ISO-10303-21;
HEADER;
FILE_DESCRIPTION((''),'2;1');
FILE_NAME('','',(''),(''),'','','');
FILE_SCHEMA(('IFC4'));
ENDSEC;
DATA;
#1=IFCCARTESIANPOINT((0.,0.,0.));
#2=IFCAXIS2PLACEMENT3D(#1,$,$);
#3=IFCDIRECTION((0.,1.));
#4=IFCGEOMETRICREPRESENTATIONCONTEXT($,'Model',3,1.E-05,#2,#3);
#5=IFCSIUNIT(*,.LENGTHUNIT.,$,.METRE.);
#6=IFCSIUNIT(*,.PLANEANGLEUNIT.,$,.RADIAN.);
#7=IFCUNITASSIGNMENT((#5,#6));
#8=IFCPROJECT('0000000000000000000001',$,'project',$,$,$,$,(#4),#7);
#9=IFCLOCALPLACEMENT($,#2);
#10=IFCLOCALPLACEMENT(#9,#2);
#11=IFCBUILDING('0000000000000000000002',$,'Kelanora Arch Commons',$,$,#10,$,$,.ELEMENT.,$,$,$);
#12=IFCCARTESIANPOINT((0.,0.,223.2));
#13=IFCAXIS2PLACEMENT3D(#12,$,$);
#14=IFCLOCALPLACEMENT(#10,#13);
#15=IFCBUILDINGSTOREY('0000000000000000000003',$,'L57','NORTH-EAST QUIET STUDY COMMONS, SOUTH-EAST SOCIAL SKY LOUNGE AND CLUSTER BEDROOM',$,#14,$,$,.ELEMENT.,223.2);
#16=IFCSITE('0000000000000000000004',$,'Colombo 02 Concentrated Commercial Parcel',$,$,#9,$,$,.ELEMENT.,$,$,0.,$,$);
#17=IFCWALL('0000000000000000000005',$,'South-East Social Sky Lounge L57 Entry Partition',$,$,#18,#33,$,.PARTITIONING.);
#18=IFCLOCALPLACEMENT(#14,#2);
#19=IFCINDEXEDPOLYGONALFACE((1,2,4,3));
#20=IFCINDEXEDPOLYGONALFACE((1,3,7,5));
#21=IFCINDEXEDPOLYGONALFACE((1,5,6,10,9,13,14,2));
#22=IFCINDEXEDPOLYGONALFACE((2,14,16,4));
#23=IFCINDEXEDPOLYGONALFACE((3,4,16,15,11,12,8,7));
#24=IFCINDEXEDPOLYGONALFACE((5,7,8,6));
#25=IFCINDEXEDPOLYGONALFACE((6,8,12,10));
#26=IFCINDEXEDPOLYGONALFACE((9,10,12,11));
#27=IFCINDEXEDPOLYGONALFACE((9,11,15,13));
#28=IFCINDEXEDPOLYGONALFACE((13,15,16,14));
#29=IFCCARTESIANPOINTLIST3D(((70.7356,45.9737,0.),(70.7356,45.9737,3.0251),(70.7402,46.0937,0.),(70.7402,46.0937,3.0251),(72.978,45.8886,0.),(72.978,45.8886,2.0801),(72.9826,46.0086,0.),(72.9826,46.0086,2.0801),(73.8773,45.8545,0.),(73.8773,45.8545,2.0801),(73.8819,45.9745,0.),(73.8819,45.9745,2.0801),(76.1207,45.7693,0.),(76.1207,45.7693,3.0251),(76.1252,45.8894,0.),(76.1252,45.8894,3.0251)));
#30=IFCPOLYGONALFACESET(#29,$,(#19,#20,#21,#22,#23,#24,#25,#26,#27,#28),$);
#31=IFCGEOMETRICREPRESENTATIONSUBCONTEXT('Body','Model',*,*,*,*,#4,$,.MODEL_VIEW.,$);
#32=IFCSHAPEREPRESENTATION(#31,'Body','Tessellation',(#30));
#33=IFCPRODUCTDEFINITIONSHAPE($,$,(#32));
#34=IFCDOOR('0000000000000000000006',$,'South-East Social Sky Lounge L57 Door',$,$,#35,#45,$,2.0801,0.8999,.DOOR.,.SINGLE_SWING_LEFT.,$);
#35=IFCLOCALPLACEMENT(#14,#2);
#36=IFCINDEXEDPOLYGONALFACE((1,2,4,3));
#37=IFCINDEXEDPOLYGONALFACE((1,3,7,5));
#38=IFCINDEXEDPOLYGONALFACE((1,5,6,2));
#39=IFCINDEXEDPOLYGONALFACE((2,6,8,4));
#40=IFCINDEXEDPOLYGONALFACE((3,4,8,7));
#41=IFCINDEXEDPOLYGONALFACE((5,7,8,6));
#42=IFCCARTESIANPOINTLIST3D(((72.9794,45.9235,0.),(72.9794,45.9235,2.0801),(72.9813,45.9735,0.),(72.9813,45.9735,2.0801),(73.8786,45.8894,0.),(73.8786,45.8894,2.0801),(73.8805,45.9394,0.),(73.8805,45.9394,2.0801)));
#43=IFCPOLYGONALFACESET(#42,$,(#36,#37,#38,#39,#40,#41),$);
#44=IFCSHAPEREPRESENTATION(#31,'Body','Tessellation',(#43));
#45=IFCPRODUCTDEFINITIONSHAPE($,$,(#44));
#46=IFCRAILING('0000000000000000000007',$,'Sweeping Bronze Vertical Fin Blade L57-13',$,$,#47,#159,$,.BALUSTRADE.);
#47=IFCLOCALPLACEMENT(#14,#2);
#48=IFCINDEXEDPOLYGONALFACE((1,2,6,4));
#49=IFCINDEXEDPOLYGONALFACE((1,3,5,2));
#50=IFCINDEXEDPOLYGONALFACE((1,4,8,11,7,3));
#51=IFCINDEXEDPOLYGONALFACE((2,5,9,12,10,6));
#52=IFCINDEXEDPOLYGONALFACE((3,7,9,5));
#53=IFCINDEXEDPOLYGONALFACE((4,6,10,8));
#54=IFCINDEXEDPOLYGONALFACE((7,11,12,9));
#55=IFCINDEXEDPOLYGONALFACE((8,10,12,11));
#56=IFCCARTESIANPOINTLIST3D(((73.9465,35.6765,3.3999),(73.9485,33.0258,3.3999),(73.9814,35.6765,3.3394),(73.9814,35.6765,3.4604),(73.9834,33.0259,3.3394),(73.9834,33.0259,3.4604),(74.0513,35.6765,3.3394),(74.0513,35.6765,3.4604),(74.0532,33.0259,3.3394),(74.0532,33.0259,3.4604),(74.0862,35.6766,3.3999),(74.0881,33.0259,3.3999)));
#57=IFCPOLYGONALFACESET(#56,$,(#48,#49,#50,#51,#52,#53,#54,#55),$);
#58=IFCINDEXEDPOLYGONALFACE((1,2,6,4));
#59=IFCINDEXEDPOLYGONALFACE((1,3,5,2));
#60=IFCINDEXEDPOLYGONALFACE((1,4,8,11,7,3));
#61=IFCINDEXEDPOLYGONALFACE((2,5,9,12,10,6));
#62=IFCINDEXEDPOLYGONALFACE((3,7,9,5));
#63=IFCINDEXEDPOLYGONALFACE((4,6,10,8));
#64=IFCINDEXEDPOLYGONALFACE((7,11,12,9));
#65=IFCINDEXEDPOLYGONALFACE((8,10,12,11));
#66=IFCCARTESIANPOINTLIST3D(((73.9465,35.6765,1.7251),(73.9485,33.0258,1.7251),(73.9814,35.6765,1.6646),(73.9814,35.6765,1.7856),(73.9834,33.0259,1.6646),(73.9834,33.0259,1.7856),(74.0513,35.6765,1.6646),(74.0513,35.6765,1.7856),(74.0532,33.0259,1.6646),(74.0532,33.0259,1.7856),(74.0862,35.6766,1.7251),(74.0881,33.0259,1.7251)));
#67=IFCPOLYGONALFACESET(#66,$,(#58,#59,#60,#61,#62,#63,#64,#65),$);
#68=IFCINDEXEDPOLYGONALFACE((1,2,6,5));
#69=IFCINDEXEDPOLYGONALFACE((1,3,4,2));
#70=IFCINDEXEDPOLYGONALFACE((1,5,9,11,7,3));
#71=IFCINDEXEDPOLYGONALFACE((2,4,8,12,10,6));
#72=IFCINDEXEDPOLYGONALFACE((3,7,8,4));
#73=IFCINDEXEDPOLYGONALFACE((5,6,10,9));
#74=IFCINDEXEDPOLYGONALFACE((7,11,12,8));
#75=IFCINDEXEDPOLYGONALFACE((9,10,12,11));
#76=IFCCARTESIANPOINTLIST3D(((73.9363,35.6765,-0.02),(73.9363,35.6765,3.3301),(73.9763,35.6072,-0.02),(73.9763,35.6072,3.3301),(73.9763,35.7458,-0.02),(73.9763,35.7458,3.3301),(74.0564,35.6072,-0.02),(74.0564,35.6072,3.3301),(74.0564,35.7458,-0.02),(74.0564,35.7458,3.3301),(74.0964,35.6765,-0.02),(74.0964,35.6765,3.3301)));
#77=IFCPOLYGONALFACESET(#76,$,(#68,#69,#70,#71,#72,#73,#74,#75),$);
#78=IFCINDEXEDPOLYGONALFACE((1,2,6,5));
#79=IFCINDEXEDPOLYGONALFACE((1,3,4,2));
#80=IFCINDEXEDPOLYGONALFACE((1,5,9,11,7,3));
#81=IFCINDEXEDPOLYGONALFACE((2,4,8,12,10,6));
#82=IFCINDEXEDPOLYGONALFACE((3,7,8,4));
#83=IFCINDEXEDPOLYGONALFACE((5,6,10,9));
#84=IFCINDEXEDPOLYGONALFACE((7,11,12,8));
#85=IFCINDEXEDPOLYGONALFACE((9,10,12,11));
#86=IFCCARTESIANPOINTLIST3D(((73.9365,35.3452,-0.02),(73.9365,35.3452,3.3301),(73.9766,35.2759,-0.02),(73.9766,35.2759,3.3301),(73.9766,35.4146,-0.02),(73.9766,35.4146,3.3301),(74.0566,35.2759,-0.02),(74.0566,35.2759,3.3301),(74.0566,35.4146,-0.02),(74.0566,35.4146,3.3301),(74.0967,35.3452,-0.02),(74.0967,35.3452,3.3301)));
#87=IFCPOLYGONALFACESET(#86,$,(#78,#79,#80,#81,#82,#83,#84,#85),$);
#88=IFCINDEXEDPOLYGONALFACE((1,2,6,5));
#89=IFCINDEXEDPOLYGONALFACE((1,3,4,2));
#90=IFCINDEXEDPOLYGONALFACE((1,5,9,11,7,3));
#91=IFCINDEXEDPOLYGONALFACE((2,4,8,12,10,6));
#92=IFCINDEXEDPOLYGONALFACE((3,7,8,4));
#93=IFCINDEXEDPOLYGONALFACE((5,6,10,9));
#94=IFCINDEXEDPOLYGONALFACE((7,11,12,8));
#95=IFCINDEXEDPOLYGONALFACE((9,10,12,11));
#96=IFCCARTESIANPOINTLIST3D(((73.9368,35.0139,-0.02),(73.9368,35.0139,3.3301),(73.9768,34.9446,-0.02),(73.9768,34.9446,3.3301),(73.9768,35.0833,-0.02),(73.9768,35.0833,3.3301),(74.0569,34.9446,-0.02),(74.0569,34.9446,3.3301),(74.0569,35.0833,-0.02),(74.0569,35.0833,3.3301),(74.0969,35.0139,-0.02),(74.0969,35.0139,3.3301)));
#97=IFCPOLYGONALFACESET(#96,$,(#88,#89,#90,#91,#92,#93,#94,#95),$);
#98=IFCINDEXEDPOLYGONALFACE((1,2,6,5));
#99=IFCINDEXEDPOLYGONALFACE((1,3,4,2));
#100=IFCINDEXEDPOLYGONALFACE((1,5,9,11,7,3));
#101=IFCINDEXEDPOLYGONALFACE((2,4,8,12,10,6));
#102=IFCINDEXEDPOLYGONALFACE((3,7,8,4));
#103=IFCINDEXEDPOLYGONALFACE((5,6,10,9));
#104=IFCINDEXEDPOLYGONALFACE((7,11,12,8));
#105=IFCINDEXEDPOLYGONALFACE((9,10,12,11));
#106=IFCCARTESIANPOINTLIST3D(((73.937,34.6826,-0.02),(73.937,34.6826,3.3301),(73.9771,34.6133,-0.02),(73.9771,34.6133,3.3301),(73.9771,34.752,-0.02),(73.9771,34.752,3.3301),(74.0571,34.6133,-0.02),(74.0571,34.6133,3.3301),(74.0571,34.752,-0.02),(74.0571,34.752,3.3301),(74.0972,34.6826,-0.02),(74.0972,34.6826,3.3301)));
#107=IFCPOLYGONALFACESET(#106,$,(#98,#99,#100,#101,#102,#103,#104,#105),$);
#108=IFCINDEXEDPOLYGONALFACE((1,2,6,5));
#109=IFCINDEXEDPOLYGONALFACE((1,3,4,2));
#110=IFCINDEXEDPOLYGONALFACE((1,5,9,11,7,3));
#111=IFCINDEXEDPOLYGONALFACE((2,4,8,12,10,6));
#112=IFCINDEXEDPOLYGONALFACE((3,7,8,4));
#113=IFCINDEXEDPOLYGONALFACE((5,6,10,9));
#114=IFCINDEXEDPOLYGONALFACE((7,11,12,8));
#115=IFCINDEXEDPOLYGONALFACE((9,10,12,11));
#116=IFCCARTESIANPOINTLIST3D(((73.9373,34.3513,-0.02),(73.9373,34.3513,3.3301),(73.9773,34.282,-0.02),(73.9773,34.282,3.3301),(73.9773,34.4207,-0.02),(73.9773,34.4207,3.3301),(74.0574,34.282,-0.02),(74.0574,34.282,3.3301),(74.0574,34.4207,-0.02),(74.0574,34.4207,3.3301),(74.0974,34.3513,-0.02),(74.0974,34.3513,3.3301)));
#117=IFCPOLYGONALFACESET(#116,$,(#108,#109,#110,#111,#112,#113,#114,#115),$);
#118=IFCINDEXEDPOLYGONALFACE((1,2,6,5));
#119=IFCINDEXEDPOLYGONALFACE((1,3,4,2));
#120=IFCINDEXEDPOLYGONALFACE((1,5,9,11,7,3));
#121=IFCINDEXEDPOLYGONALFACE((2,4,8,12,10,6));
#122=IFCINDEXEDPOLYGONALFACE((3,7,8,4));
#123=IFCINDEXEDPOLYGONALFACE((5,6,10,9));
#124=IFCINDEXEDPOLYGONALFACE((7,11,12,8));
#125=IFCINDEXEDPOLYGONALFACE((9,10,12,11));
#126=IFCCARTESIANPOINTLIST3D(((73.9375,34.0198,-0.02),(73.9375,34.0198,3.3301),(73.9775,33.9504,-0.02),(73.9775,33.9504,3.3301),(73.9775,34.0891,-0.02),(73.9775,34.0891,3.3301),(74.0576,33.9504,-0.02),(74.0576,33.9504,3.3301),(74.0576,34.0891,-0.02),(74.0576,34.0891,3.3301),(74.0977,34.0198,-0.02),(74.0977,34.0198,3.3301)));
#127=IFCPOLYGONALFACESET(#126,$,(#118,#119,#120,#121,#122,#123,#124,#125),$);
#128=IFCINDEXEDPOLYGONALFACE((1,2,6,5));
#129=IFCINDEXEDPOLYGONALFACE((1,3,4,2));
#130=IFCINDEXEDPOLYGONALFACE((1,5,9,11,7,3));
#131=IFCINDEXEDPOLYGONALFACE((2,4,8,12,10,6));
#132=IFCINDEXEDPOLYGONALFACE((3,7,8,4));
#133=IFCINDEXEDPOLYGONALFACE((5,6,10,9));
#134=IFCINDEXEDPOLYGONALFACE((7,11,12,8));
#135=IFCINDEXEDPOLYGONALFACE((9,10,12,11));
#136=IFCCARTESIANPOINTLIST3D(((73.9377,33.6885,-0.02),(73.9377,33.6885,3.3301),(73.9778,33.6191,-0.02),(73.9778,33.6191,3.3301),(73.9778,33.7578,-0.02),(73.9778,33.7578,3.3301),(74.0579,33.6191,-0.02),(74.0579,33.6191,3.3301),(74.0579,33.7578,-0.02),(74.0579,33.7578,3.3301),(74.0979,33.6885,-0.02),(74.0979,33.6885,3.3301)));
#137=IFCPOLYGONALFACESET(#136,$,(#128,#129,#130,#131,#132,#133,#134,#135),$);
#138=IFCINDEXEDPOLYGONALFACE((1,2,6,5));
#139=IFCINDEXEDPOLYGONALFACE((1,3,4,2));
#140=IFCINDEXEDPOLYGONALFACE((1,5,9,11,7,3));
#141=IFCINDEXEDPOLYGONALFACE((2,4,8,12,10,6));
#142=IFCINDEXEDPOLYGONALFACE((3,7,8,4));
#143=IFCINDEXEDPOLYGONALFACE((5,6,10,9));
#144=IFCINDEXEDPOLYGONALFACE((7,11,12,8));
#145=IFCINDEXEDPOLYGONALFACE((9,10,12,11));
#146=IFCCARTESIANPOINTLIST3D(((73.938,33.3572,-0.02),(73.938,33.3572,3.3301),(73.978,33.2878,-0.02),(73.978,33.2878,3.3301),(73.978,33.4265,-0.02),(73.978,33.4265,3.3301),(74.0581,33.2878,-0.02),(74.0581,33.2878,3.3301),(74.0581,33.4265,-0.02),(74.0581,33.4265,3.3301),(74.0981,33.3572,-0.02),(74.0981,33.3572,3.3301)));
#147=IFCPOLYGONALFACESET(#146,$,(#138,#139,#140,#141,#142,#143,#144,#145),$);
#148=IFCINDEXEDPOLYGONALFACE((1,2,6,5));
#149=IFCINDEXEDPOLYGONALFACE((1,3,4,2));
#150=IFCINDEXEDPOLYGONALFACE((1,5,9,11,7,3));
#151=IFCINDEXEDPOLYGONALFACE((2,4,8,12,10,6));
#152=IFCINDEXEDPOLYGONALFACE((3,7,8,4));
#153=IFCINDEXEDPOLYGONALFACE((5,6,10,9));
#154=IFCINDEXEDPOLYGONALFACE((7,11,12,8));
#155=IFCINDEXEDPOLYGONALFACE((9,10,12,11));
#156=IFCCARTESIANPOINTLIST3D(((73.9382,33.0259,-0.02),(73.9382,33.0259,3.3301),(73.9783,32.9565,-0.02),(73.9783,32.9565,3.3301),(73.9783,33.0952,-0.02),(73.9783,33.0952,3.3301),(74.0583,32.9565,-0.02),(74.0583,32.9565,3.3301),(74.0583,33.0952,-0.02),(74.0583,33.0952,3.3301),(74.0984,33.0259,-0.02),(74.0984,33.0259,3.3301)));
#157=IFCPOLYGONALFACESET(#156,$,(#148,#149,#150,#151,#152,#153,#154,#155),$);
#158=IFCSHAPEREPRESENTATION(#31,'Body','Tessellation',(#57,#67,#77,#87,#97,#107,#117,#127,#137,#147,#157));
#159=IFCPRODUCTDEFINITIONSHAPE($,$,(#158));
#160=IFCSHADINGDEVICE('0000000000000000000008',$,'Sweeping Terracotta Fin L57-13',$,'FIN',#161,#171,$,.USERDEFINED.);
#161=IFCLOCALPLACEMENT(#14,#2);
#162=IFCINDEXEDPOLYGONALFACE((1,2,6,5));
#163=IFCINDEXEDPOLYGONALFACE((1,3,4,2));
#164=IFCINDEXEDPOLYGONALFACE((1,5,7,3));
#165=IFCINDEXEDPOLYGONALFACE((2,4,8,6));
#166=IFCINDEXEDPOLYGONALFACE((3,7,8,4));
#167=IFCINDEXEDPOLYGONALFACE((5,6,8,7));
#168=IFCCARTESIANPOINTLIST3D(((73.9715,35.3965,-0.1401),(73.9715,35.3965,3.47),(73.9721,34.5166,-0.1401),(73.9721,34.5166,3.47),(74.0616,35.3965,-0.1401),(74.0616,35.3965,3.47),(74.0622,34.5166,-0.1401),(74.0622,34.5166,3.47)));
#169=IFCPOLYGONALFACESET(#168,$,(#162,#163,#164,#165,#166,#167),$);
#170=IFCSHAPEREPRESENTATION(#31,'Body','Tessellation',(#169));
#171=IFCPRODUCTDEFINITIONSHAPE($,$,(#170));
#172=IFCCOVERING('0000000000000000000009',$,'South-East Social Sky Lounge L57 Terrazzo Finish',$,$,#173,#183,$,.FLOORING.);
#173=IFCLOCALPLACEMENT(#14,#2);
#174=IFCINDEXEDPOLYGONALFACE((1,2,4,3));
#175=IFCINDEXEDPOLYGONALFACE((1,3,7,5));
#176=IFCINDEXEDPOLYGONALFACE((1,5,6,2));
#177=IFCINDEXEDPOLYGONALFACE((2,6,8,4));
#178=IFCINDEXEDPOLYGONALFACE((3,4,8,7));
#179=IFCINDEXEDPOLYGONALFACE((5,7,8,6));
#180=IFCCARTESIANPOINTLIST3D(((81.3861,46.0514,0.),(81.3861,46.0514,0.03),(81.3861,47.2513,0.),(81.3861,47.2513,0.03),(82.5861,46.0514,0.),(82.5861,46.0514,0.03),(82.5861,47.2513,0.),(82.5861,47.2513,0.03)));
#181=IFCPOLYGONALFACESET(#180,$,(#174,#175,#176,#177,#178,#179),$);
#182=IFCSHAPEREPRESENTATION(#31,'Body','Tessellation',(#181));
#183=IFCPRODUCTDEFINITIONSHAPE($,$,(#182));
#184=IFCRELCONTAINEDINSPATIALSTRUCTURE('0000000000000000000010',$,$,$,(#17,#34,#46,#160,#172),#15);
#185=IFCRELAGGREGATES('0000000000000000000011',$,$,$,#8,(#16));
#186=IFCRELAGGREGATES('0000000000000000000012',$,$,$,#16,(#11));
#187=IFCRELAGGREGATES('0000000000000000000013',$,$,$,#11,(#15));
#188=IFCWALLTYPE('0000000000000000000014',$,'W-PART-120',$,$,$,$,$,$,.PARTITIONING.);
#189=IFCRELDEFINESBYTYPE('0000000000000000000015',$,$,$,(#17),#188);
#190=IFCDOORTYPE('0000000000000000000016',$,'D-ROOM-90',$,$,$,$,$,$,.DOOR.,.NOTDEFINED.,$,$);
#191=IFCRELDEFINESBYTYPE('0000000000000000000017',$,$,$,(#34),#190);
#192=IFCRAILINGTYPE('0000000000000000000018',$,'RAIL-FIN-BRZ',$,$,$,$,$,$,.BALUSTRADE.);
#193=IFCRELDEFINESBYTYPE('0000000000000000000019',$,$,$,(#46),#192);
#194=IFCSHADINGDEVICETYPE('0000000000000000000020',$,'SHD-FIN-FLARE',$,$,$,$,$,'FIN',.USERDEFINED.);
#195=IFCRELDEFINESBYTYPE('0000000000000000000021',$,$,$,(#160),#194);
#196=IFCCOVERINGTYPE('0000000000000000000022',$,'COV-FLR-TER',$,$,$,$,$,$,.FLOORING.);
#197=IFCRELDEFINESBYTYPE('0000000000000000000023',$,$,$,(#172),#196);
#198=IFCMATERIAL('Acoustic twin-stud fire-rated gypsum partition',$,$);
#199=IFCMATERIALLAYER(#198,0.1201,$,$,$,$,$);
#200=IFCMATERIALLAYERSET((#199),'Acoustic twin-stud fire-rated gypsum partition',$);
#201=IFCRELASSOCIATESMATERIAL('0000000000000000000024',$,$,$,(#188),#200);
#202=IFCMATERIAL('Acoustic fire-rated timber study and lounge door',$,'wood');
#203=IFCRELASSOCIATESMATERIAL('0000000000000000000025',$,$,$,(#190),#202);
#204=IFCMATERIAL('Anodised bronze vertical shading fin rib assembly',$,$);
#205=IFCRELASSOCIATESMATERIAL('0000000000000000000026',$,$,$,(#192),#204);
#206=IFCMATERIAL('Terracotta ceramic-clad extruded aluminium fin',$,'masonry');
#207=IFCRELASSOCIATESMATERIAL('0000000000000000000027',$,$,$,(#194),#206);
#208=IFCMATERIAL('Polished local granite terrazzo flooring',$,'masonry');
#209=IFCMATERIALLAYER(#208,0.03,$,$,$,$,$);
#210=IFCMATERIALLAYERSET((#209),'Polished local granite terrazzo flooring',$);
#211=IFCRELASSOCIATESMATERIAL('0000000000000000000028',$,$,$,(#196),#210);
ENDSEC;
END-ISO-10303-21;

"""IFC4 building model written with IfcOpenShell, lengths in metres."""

from ifc_helpers import new_model, si_unit, direction, frame, frame_2d, origin, origin_2d, place, context, subcontext, project, spatial, polyline, rectangle, outline, extrude, source, transform, mapped, material, layer, layer_set, type_object, element, fill, save


model = new_model("IFC4")

# Units and contexts
model_context = context("Model", 3, precision=1e-05, world=origin(), true_north=direction((0.0, 1.0)))
body_context = subcontext(model_context, "Body", "Model", "MODEL_VIEW")
ifc_project = project(units=[si_unit("LENGTHUNIT", "METRE"), si_unit("PLANEANGLEUNIT", "RADIAN")], contexts=[model_context])

# Site, building, storey
site_placement = place(None, origin())
site = spatial("IfcSite", under=ifc_project, at=site_placement, Name="Colombo 02 Concentrated Commercial Parcel", CompositionType="ELEMENT", RefElevation=0.0)
building_placement = place(site_placement, origin())
building = spatial("IfcBuilding", under=site, at=building_placement, Name="Kelanora Arch Commons", CompositionType="ELEMENT")
storey_placement = place(building_placement, frame((0.0, 0.0, 223.2)))
storey = spatial("IfcBuildingStorey", under=building, at=storey_placement, Name="L57", Description="NORTH-EAST QUIET STUDY COMMONS, SOUTH-EAST SOCIAL SKY LOUNGE AND CLUSTER BEDROOM", CompositionType="ELEMENT", Elevation=223.2)

# Wall, opening, door
ifc_material_1 = material(Name="Acoustic twin-stud fire-rated gypsum partition")
ifc_layer_1 = layer(ifc_material_1, 0.1201)
ifc_layer_set_1 = layer_set([ifc_layer_1], Name="Acoustic twin-stud fire-rated gypsum partition")
wall_type_1 = type_object("IfcWallType", Name="W-PART-120", PredefinedType="PARTITIONING", material=ifc_layer_set_1)
wall_1_placement = place(storey_placement, frame((70.738, 46.0337, 0.0), z_axis=(0.0, 0.0, 1.0), x_axis=(0.999281, -0.03792, 0.0)))
wall_1 = element("IfcWall", 1, at=wall_1_placement, inside=storey, type_object=wall_type_1, Name="South-East Social Sky Lounge L57 Entry Partition", PredefinedType="PARTITIONING", context=body_context, shape_type="SweptSolid", body=[
    extrude(rectangle(XDim=5.3889, YDim=0.1201, at=frame_2d((2.6943, 0.0))), origin(), (0.0, 0.0, 1.0), 3.0251),
])
opening_placement = place(wall_1_placement, frame((2.2439, 0.0, 0.0)))
opening = element("IfcOpeningElement", 2, at=opening_placement, cuts=wall_1, PredefinedType="OPENING", context=body_context, shape_type="SweptSolid", body=[
    extrude(rectangle(XDim=0.8999, YDim=2.0801, at=frame_2d((0.45, 1.04))), frame((0.0, 0.0701, 0.0), z_axis=(0.0, -1.0, 0.0), x_axis=(1.0, 0.0, 0.0)), (0.0, 0.0, 1.0), 0.1401),
])
ifc_material_2 = material(Name="Acoustic fire-rated timber study and lounge door", Category="wood")
door_type = type_object("IfcDoorType", Name="D-ROOM-90", OperationType="NOTDEFINED", PredefinedType="DOOR", material=ifc_material_2)
door_placement = place(opening_placement, origin())
door = element("IfcDoor", 3, at=door_placement, inside=storey, type_object=door_type, Name="South-East Social Sky Lounge L57 Door", OperationType="SINGLE_SWING_LEFT", OverallHeight=2.0801, OverallWidth=0.8999, PredefinedType="DOOR", context=body_context, shape_type="SweptSolid", body=[
    extrude(rectangle(XDim=0.8999, YDim=2.0801, at=frame_2d((0.45, 1.04))), frame((0.0, 0.0249, 0.0), z_axis=(0.0, -1.0, 0.0), x_axis=(1.0, 0.0, 0.0)), (0.0, 0.0, 1.0), 0.05),
])
fill(opening, door)

# Railing
ifc_material_3 = material(Name="Anodised bronze vertical shading fin rib assembly")
railing_type = type_object("IfcRailingType", Name="RAIL-FIN-BRZ", PredefinedType="BALUSTRADE", material=ifc_material_3)
railing_placement = place(storey_placement, frame((74.0164, 35.6765, -0.02)))
element("IfcRailing", 4, at=railing_placement, inside=storey, type_object=railing_type, Name="Sweeping Bronze Vertical Fin Blade L57-13", PredefinedType="BALUSTRADE", context=body_context, shape_type="SweptSolid", body=[
    extrude(outline(polyline([(0.0698, 0.0), (0.0349, 0.0605), (-0.0349, 0.0605), (-0.0698, 0.0), (-0.0349, -0.0605), (0.0349, -0.0605), (0.0698, 0.0)])), frame((0.0, 0.0, 3.4199), z_axis=(0.000737, -1.0, 0.0), x_axis=(1.0, 0.000737, 0.0)), (0.0, 0.0, 1.0), 2.6506),
    extrude(outline(polyline([(0.0698, 0.0), (0.0349, 0.0605), (-0.0349, 0.0605), (-0.0698, 0.0), (-0.0349, -0.0605), (0.0349, -0.0605), (0.0698, 0.0)])), frame((0.0, 0.0, 1.7451), z_axis=(0.000737, -1.0, 0.0), x_axis=(1.0, 0.000737, 0.0)), (0.0, 0.0, 1.0), 2.6506),
    extrude(outline(polyline([(0.0801, 0.0), (0.04, 0.0693), (-0.04, 0.0693), (-0.0801, 0.0), (-0.04, -0.0693), (0.04, -0.0693), (0.0801, 0.0)])), origin(), (0.0, 0.0, 1.0), 3.3501),
    extrude(outline(polyline([(0.0801, 0.0), (0.04, 0.0693), (-0.04, 0.0693), (-0.0801, 0.0), (-0.04, -0.0693), (0.04, -0.0693), (0.0801, 0.0)])), frame((0.0002, -0.3313, 0.0)), (0.0, 0.0, 1.0), 3.3501),
    extrude(outline(polyline([(0.0801, 0.0), (0.04, 0.0693), (-0.04, 0.0693), (-0.0801, 0.0), (-0.04, -0.0693), (0.04, -0.0693), (0.0801, 0.0)])), frame((0.0005, -0.6626, 0.0)), (0.0, 0.0, 1.0), 3.3501),
    extrude(outline(polyline([(0.0801, 0.0), (0.04, 0.0693), (-0.04, 0.0693), (-0.0801, 0.0), (-0.04, -0.0693), (0.04, -0.0693), (0.0801, 0.0)])), frame((0.0007, -0.9939, 0.0)), (0.0, 0.0, 1.0), 3.3501),
    extrude(outline(polyline([(0.0801, 0.0), (0.04, 0.0693), (-0.04, 0.0693), (-0.0801, 0.0), (-0.04, -0.0693), (0.04, -0.0693), (0.0801, 0.0)])), frame((0.001, -1.3252, 0.0)), (0.0, 0.0, 1.0), 3.3501),
    extrude(outline(polyline([(0.0801, 0.0), (0.04, 0.0693), (-0.04, 0.0693), (-0.0801, 0.0), (-0.04, -0.0693), (0.04, -0.0693), (0.0801, 0.0)])), frame((0.0012, -1.6567, 0.0)), (0.0, 0.0, 1.0), 3.3501),
    extrude(outline(polyline([(0.0801, 0.0), (0.04, 0.0693), (-0.04, 0.0693), (-0.0801, 0.0), (-0.04, -0.0693), (0.04, -0.0693), (0.0801, 0.0)])), frame((0.0015, -1.988, 0.0)), (0.0, 0.0, 1.0), 3.3501),
    extrude(outline(polyline([(0.0801, 0.0), (0.04, 0.0693), (-0.04, 0.0693), (-0.0801, 0.0), (-0.04, -0.0693), (0.04, -0.0693), (0.0801, 0.0)])), frame((0.0017, -2.3193, 0.0)), (0.0, 0.0, 1.0), 3.3501),
    extrude(outline(polyline([(0.0801, 0.0), (0.04, 0.0693), (-0.04, 0.0693), (-0.0801, 0.0), (-0.04, -0.0693), (0.04, -0.0693), (0.0801, 0.0)])), frame((0.002, -2.6506, 0.0)), (0.0, 0.0, 1.0), 3.3501),
])

# Shading device
ifc_material_4 = material(Name="Terracotta ceramic-clad extruded aluminium fin", Category="masonry")
shading_device_type = type_object("IfcShadingDeviceType", Name="SHD-FIN-FLARE", ElementType="FIN", PredefinedType="USERDEFINED", material=ifc_material_4)
shared_shape_1 = source(origin(), body_context, "Body", "SweptSolid", [
    extrude(rectangle(XDim=0.8799, YDim=0.0901, at=origin_2d()), origin(), (0.0, 0.0, 1.0), 3.6101),
])
shading_device_placement = place(storey_placement, frame((74.0168, 34.9565, -0.1401), z_axis=(0.0, 0.0, 1.0), x_axis=(0.000698, -1.0, 0.0)))
element("IfcShadingDevice", 5, at=shading_device_placement, inside=storey, type_object=shading_device_type, Name="Sweeping Terracotta Fin L57-13", ObjectType="FIN", PredefinedType="USERDEFINED", context=body_context, shape_type="MappedRepresentation", body=[
    mapped(shared_shape_1, transform((0.0, 0.0, 0.0), scale=1.0)),
])

# Covering
ifc_material_5 = material(Name="Polished local granite terrazzo flooring", Category="masonry")
ifc_layer_2 = layer(ifc_material_5, 0.03)
ifc_layer_set_2 = layer_set([ifc_layer_2], Name="Polished local granite terrazzo flooring")
covering_type = type_object("IfcCoveringType", Name="COV-FLR-TER", PredefinedType="FLOORING", material=ifc_layer_set_2)
shared_shape_2 = source(origin(), body_context, "Body", "SweptSolid", [
    extrude(rectangle(XDim=1.2, YDim=1.2, at=origin_2d()), origin(), (0.0, 0.0, 1.0), 0.03),
])
covering_placement = place(storey_placement, frame((81.9861, 46.6514, 0.0), z_axis=(0.0, 0.0, 1.0), x_axis=(1.0, 0.0, 0.0)))
element("IfcCovering", 6, at=covering_placement, inside=storey, type_object=covering_type, Name="South-East Social Sky Lounge L57 Terrazzo Finish", PredefinedType="FLOORING", context=body_context, shape_type="MappedRepresentation", body=[
    mapped(shared_shape_2, transform((0.0, 0.0, 0.0), scale=1.0)),
])

save(model, "model.ifc")
